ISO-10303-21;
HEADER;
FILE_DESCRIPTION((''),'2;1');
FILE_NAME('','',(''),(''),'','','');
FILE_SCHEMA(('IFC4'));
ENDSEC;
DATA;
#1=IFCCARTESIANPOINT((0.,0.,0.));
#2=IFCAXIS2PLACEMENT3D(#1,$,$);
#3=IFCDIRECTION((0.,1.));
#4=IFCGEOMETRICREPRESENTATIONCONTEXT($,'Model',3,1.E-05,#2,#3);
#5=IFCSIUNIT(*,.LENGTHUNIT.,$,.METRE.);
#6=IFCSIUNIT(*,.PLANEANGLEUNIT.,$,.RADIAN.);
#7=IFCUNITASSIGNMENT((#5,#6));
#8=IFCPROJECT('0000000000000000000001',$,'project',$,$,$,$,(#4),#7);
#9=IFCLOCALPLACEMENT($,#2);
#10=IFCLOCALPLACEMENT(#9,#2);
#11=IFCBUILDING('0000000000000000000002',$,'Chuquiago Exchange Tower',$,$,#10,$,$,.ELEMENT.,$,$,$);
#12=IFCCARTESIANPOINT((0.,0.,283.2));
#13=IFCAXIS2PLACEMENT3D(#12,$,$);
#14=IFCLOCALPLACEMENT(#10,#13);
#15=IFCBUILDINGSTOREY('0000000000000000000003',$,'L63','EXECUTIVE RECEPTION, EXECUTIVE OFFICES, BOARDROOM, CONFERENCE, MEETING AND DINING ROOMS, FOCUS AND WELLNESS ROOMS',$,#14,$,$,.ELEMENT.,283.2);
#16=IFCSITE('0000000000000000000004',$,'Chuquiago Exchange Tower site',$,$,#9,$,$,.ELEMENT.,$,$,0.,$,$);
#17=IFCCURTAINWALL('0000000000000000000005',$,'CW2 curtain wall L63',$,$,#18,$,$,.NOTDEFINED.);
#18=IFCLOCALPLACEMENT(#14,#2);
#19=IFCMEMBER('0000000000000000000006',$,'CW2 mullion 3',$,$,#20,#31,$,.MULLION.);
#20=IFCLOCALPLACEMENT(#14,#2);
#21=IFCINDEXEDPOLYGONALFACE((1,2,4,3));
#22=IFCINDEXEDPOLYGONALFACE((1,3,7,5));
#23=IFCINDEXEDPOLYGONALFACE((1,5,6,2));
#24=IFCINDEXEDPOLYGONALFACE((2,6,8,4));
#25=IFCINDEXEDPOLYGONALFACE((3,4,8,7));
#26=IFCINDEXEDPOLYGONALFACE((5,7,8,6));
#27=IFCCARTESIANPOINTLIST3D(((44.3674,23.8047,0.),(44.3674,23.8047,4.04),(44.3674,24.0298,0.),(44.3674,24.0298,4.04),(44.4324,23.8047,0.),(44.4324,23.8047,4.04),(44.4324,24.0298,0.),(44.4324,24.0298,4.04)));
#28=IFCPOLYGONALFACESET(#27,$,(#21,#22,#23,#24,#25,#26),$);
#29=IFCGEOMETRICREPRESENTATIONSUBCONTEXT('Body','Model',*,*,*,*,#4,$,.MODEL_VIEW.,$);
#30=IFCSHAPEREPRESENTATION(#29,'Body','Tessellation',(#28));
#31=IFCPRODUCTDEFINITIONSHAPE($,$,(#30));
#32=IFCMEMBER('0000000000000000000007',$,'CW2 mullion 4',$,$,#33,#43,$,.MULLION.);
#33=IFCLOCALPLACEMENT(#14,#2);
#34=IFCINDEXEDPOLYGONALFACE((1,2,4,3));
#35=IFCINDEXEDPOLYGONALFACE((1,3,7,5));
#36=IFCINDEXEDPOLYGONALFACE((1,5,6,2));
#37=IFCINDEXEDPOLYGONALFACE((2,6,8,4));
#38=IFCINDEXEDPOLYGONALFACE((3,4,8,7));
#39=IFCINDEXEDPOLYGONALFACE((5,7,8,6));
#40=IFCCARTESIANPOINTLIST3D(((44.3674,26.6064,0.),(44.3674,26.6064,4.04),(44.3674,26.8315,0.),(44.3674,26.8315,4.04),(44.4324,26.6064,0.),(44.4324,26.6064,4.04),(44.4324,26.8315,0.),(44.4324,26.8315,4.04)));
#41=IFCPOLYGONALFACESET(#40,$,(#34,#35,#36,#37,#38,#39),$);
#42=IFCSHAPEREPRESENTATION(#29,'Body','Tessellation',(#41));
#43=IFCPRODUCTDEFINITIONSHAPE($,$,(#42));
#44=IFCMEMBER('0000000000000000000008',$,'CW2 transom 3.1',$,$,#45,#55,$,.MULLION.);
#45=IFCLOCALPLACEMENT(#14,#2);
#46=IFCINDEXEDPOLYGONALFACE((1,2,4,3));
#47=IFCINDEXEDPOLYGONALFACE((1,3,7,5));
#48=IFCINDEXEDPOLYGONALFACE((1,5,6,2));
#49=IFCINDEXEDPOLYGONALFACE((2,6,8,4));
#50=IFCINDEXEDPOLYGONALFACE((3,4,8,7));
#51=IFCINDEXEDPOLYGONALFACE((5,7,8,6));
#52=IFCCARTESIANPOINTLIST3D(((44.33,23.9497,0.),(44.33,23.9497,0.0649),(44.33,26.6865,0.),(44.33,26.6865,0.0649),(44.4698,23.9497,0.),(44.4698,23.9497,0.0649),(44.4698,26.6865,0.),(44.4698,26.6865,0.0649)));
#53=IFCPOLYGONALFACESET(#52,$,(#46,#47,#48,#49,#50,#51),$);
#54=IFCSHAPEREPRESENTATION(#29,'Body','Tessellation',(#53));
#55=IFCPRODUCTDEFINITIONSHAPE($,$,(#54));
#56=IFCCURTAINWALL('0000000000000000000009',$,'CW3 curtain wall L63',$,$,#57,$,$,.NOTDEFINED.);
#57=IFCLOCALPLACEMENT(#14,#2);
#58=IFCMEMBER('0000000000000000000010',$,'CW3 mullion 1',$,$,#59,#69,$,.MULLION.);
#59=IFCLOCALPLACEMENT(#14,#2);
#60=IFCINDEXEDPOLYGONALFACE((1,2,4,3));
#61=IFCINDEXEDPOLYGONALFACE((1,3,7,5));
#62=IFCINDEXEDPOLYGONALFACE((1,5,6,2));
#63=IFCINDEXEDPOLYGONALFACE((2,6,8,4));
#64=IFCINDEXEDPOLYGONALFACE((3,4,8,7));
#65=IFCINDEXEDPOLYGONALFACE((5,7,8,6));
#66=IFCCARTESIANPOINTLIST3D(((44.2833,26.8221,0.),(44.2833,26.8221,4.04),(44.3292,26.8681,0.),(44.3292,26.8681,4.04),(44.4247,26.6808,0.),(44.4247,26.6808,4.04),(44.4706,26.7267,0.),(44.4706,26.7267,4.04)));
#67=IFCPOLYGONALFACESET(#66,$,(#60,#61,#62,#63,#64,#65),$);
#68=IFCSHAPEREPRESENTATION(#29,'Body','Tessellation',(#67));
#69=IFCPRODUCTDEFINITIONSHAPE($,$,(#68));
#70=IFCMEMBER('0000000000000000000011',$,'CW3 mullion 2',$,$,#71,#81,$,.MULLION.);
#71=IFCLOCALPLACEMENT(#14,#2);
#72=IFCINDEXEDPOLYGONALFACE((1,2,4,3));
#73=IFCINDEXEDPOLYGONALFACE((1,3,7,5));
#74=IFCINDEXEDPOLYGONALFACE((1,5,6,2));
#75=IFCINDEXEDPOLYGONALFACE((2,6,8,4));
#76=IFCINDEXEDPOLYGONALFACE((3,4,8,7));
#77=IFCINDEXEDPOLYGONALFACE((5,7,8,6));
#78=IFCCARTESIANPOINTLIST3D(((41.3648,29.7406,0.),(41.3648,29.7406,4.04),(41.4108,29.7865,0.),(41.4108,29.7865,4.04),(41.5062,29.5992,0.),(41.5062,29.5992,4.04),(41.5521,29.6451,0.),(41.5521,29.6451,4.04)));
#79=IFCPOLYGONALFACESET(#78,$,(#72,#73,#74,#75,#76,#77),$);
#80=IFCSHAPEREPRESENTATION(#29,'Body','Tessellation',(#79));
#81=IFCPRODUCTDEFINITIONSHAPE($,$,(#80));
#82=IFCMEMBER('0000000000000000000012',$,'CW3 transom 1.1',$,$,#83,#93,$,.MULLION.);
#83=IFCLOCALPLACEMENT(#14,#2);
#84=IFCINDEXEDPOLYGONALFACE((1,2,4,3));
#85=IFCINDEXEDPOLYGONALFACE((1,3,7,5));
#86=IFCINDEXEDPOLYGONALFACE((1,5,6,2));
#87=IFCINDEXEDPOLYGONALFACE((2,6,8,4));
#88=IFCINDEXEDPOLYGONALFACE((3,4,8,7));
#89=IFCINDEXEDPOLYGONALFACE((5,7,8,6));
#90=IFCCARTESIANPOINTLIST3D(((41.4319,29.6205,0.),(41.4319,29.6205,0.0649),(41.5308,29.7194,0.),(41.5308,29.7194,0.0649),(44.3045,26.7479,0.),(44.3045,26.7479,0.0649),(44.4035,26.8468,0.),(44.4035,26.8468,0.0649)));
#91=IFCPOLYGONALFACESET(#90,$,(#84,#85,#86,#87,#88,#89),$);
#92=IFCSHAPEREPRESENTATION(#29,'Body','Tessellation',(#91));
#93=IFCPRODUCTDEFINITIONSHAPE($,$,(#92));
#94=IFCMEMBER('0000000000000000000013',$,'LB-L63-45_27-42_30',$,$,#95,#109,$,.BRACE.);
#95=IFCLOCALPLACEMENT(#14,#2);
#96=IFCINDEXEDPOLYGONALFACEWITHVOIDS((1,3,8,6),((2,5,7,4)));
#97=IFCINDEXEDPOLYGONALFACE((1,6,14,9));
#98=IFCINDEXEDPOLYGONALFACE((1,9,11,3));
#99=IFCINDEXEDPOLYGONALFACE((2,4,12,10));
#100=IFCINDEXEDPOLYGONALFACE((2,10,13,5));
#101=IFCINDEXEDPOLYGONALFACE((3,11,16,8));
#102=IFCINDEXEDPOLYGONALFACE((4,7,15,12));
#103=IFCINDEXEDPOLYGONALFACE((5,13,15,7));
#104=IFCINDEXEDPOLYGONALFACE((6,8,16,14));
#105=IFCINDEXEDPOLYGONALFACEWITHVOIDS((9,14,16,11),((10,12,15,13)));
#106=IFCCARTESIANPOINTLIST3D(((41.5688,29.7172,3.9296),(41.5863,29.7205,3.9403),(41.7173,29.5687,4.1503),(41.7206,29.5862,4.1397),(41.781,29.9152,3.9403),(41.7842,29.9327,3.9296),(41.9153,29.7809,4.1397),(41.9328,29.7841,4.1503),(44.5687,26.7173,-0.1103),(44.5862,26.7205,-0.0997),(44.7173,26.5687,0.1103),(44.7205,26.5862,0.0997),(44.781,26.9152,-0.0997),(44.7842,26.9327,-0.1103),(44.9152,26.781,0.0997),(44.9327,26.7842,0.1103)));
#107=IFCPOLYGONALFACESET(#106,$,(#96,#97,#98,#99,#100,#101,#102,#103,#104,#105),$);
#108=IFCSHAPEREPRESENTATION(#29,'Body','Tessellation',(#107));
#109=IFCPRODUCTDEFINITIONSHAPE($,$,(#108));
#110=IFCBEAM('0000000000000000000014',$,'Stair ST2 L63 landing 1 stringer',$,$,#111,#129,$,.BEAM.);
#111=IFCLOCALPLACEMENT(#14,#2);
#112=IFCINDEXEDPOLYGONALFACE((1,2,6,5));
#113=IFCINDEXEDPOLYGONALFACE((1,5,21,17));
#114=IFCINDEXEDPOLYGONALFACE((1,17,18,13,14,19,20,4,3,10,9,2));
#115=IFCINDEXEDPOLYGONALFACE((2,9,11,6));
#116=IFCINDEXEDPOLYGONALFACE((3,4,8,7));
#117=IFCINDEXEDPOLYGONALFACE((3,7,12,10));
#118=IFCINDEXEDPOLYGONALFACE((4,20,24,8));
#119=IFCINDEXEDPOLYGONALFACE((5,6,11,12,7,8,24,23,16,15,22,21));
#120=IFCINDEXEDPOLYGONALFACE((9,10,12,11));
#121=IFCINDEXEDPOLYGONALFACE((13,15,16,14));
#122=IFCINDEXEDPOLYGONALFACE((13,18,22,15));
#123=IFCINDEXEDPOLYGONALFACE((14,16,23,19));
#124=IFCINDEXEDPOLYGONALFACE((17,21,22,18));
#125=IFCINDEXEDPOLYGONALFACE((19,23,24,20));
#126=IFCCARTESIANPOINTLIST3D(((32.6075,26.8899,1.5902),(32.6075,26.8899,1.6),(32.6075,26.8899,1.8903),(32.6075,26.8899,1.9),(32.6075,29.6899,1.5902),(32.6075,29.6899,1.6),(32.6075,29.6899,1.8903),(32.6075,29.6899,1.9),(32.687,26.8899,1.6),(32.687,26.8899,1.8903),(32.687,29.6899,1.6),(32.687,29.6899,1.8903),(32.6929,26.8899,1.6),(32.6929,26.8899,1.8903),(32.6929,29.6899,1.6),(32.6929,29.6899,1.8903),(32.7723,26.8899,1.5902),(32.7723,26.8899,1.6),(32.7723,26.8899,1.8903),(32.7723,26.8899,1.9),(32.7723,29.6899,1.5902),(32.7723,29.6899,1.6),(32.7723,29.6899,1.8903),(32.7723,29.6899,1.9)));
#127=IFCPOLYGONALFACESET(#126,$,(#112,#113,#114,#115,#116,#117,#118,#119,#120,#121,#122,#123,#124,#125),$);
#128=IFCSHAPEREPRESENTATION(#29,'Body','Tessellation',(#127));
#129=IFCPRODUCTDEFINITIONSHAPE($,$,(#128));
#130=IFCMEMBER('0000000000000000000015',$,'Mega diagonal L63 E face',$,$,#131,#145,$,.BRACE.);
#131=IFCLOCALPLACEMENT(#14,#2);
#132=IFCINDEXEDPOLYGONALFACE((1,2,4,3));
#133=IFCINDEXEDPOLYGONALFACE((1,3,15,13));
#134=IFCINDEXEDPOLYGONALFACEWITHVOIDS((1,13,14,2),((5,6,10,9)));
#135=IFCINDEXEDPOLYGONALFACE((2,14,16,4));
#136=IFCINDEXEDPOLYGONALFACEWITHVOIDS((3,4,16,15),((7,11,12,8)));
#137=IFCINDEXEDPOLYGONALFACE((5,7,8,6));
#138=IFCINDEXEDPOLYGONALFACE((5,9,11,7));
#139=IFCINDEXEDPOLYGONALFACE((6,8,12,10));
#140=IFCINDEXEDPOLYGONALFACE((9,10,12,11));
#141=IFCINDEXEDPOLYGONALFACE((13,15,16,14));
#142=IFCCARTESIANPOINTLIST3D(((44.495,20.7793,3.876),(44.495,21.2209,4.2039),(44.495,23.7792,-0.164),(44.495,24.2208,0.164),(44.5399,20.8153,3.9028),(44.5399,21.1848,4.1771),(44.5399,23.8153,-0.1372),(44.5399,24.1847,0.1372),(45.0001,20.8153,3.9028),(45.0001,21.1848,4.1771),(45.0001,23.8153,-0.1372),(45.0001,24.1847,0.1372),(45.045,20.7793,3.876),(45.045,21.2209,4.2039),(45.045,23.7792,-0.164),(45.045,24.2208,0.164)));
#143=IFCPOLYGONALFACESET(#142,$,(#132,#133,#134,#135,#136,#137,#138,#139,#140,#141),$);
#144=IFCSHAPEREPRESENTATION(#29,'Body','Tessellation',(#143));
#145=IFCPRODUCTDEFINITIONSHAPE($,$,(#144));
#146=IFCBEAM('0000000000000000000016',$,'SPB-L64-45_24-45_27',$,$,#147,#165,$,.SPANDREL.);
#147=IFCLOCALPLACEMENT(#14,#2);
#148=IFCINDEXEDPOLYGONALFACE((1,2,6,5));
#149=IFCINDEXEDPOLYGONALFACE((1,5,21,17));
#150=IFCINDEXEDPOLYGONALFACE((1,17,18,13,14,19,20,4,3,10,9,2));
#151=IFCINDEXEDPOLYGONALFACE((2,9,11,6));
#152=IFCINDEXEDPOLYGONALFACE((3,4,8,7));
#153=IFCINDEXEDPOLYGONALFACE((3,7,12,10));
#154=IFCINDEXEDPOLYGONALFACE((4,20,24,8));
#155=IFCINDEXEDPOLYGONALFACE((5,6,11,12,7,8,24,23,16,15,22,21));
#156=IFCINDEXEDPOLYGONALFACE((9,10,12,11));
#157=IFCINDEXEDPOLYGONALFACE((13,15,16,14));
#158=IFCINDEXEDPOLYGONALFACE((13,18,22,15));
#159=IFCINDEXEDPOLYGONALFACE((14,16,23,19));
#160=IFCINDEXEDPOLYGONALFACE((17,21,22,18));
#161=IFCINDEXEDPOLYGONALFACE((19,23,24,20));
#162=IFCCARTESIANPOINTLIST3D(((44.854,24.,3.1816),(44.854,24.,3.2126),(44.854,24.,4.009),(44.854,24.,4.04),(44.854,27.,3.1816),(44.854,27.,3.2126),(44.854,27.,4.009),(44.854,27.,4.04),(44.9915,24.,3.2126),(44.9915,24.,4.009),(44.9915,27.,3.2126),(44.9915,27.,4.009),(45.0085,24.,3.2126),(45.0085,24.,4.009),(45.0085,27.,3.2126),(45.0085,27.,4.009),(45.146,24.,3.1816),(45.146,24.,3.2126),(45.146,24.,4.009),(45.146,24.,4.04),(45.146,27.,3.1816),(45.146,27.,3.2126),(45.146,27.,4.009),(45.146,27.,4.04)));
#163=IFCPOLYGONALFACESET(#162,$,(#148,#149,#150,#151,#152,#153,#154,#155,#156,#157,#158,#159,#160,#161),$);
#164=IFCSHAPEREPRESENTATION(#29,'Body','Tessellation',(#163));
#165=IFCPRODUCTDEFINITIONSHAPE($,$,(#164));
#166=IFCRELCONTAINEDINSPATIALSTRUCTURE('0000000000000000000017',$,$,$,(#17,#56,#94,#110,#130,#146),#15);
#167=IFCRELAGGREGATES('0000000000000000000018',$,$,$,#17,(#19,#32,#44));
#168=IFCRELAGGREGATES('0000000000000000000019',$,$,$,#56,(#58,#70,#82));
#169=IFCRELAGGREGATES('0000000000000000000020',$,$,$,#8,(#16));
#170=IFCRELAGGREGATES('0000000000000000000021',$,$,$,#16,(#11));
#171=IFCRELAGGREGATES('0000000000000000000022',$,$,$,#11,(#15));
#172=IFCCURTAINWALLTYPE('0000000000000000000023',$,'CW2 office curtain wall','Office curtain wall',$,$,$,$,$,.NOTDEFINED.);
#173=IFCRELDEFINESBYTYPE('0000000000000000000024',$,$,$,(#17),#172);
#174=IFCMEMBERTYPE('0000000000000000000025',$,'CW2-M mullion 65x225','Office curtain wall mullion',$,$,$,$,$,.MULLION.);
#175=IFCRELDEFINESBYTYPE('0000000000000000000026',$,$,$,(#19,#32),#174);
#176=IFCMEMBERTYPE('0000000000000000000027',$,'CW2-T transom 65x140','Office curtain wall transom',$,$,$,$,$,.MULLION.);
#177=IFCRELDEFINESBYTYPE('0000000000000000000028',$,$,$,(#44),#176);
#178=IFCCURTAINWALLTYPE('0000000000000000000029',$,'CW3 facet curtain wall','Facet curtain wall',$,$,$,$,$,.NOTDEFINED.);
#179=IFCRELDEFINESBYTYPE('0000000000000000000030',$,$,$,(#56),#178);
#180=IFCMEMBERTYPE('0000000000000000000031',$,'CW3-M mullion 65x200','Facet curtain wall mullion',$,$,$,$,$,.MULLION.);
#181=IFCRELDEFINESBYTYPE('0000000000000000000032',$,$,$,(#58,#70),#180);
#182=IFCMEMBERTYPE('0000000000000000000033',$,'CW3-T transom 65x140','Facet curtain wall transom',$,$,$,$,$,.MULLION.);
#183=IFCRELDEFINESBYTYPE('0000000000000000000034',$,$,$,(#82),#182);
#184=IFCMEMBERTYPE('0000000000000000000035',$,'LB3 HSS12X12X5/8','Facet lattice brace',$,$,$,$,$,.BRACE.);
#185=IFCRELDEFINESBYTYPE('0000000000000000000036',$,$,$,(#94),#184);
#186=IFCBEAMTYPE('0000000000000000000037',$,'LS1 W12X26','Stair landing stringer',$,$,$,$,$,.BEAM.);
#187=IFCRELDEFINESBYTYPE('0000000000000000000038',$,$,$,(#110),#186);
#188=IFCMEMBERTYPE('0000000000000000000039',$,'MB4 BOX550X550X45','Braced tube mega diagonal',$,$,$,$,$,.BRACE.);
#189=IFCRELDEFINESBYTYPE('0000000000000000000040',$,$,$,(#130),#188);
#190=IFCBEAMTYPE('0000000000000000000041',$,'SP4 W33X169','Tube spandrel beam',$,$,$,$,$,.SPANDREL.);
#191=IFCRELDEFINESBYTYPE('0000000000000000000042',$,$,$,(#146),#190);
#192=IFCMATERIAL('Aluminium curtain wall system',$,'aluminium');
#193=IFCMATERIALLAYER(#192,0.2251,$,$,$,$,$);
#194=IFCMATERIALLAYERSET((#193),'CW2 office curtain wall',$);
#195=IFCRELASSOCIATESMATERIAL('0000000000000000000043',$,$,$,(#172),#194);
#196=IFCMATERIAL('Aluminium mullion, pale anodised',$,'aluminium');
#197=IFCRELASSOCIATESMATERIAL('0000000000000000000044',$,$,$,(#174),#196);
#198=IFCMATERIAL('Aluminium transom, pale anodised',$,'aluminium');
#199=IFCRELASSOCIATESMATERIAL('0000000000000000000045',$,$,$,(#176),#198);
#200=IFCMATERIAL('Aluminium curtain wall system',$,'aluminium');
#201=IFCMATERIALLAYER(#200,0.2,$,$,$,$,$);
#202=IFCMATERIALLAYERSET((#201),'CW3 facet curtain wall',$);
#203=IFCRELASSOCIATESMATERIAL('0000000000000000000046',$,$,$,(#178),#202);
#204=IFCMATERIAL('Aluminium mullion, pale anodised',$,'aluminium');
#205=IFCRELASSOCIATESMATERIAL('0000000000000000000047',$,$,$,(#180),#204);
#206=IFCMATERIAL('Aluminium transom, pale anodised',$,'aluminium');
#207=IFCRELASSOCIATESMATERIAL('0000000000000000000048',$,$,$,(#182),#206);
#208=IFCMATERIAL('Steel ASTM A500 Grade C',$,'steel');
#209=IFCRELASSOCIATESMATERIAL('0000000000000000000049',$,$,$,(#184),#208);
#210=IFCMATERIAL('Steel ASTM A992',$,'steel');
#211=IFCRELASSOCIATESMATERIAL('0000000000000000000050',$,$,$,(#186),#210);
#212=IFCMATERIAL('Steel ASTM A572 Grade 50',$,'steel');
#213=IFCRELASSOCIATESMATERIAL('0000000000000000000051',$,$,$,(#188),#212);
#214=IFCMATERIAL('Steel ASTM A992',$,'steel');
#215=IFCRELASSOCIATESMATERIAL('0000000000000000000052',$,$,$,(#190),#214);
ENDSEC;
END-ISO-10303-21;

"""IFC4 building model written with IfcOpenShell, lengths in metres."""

from ifc_helpers import new_model, si_unit, direction, frame, origin, origin_2d, place, context, subcontext, project, spatial, rectangle, hollow_rectangle, i_section, extrude, material, layer, layer_set, material_profile, profile_set, type_object, element, aggregate, save


model = new_model("IFC4")

# Units and contexts
model_context = context("Model", 3, precision=1e-05, world=origin(), true_north=direction((0.0, 1.0)))
body_context = subcontext(model_context, "Body", "Model", "MODEL_VIEW")
ifc_project = project(units=[si_unit("LENGTHUNIT", "METRE"), si_unit("PLANEANGLEUNIT", "RADIAN")], contexts=[model_context])

# Site, building, storey
site_placement = place(None, origin())
site = spatial("IfcSite", under=ifc_project, at=site_placement, Name="Chuquiago Exchange Tower site", CompositionType="ELEMENT", RefElevation=0.0)
building_placement = place(site_placement, origin())
building = spatial("IfcBuilding", under=site, at=building_placement, Name="Chuquiago Exchange Tower", CompositionType="ELEMENT")
storey_placement = place(building_placement, frame((0.0, 0.0, 283.2)))
storey = spatial("IfcBuildingStorey", under=building, at=storey_placement, Name="L63", Description="EXECUTIVE RECEPTION, EXECUTIVE OFFICES, BOARDROOM, CONFERENCE, MEETING AND DINING ROOMS, FOCUS AND WELLNESS ROOMS", CompositionType="ELEMENT", Elevation=283.2)

# Curtain walls, members
ifc_material_1 = material(Name="Aluminium curtain wall system", Category="aluminium")
ifc_layer_1 = layer(ifc_material_1, 0.2251)
ifc_layer_set_1 = layer_set([ifc_layer_1], Name="CW2 office curtain wall")
curtain_wall_type_1 = type_object("IfcCurtainWallType", Name="CW2 office curtain wall", Description="Office curtain wall", PredefinedType="NOTDEFINED", material=ifc_layer_set_1)
curtain_wall_1_placement = place(storey_placement, origin())
curtain_wall_1 = element("IfcCurtainWall", 1, at=curtain_wall_1_placement, inside=storey, type_object=curtain_wall_type_1, Name="CW2 curtain wall L63", PredefinedType="NOTDEFINED")
ifc_material_2 = material(Name="Aluminium mullion, pale anodised", Category="aluminium")
ifc_material_profile_1 = material_profile(ifc_material_2, rectangle(XDim=0.0649, YDim=0.2251, at=origin_2d()), Name="AL 65x225")
ifc_profile_set_1 = profile_set([ifc_material_profile_1], Name="Aluminium mullion, pale anodised")
member_type_1 = type_object("IfcMemberType", Name="CW2-M mullion 65x225", Description="Office curtain wall mullion", PredefinedType="MULLION", material=ifc_profile_set_1)
member_1_placement = place(storey_placement, frame((44.3999, 23.9172, 0.0), z_axis=(0.0, 0.0, 1.0), x_axis=(-1.0, 0.0, 0.0)))
member_1 = element("IfcMember", 2, at=member_1_placement, type_object=member_type_1, Name="CW2 mullion 3", PredefinedType="MULLION", context=body_context, shape_type="SweptSolid", body=[
    extrude(rectangle(XDim=0.0649, YDim=0.2251, at=origin_2d()), origin(), (0.0, 0.0, 1.0), 4.04),
])
member_2_placement = place(storey_placement, frame((44.3999, 26.719, 0.0), z_axis=(0.0, 0.0, 1.0), x_axis=(-1.0, 0.0, 0.0)))
member_2 = element("IfcMember", 3, at=member_2_placement, type_object=member_type_1, Name="CW2 mullion 4", PredefinedType="MULLION", context=body_context, shape_type="SweptSolid", body=[
    extrude(rectangle(XDim=0.0649, YDim=0.2251, at=origin_2d()), origin(), (0.0, 0.0, 1.0), 4.04),
])
ifc_material_3 = material(Name="Aluminium transom, pale anodised", Category="aluminium")
ifc_material_profile_2 = material_profile(ifc_material_3, rectangle(XDim=0.1399, YDim=0.0649, at=origin_2d()), Name="AL 140x65")
ifc_profile_set_2 = profile_set([ifc_material_profile_2], Name="Aluminium transom, pale anodised")
member_type_2 = type_object("IfcMemberType", Name="CW2-T transom 65x140", Description="Office curtain wall transom", PredefinedType="MULLION", material=ifc_profile_set_2)
member_3_placement = place(storey_placement, frame((44.3999, 23.9497, 0.0325), z_axis=(0.0, 1.0, 0.0), x_axis=(-1.0, 0.0, 0.0)))
member_3 = element("IfcMember", 4, at=member_3_placement, type_object=member_type_2, Name="CW2 transom 3.1", PredefinedType="MULLION", context=body_context, shape_type="SweptSolid", body=[
    extrude(rectangle(XDim=0.1399, YDim=0.0649, at=origin_2d()), origin(), (0.0, 0.0, 1.0), 2.7368),
])
ifc_material_4 = material(Name="Aluminium curtain wall system", Category="aluminium")
ifc_layer_2 = layer(ifc_material_4, 0.2)
ifc_layer_set_2 = layer_set([ifc_layer_2], Name="CW3 facet curtain wall")
curtain_wall_type_2 = type_object("IfcCurtainWallType", Name="CW3 facet curtain wall", Description="Facet curtain wall", PredefinedType="NOTDEFINED", material=ifc_layer_set_2)
curtain_wall_2_placement = place(storey_placement, origin())
curtain_wall_2 = element("IfcCurtainWall", 5, at=curtain_wall_2_placement, inside=storey, type_object=curtain_wall_type_2, Name="CW3 curtain wall L63", PredefinedType="NOTDEFINED")
ifc_material_5 = material(Name="Aluminium mullion, pale anodised", Category="aluminium")
ifc_material_profile_3 = material_profile(ifc_material_5, rectangle(XDim=0.0649, YDim=0.2, at=origin_2d()), Name="AL 65x200")
ifc_profile_set_3 = profile_set([ifc_material_profile_3], Name="Aluminium mullion, pale anodised")
member_type_3 = type_object("IfcMemberType", Name="CW3-M mullion 65x200", Description="Facet curtain wall mullion", PredefinedType="MULLION", material=ifc_profile_set_3)
member_4_placement = place(storey_placement, frame((44.377, 26.7744, 0.0), z_axis=(0.0, 0.0, 1.0), x_axis=(-0.707107, -0.707107, 0.0)))
member_4 = element("IfcMember", 6, at=member_4_placement, type_object=member_type_3, Name="CW3 mullion 1", PredefinedType="MULLION", context=body_context, shape_type="SweptSolid", body=[
    extrude(rectangle(XDim=0.0649, YDim=0.2, at=origin_2d()), origin(), (0.0, 0.0, 1.0), 4.04),
])
member_5_placement = place(storey_placement, frame((41.4585, 29.6929, 0.0), z_axis=(0.0, 0.0, 1.0), x_axis=(-0.707107, -0.707107, 0.0)))
member_5 = element("IfcMember", 7, at=member_5_placement, type_object=member_type_3, Name="CW3 mullion 2", PredefinedType="MULLION", context=body_context, shape_type="SweptSolid", body=[
    extrude(rectangle(XDim=0.0649, YDim=0.2, at=origin_2d()), origin(), (0.0, 0.0, 1.0), 4.04),
])
ifc_material_6 = material(Name="Aluminium transom, pale anodised", Category="aluminium")
ifc_material_profile_4 = material_profile(ifc_material_6, rectangle(XDim=0.1399, YDim=0.0649, at=origin_2d()), Name="AL 140x65")
ifc_profile_set_4 = profile_set([ifc_material_profile_4], Name="Aluminium transom, pale anodised")
member_type_4 = type_object("IfcMemberType", Name="CW3-T transom 65x140", Description="Facet curtain wall transom", PredefinedType="MULLION", material=ifc_profile_set_4)
member_6_placement = place(storey_placement, frame((44.354, 26.7974, 0.0325), z_axis=(-0.707107, 0.707107, 0.0), x_axis=(-0.707107, -0.707107, 0.0)))
member_6 = element("IfcMember", 8, at=member_6_placement, type_object=member_type_4, Name="CW3 transom 1.1", PredefinedType="MULLION", context=body_context, shape_type="SweptSolid", body=[
    extrude(rectangle(XDim=0.1399, YDim=0.0649, at=origin_2d()), origin(), (0.0, 0.0, 1.0), 4.0625),
])

# Member
ifc_material_7 = material(Name="Steel ASTM A500 Grade C", Category="steel")
ifc_material_profile_5 = material_profile(ifc_material_7, hollow_rectangle(XDim=0.3047, YDim=0.3047, WallThickness=0.0146, at=origin_2d()), Name="HSS12X12X5/8")
ifc_profile_set_5 = profile_set([ifc_material_profile_5], Name="Steel ASTM A500 Grade C")
member_type_5 = type_object("IfcMemberType", Name="LB3 HSS12X12X5/8", Description="Facet lattice brace", PredefinedType="BRACE", material=ifc_profile_set_5)
member_7_placement = place(storey_placement, frame((44.7507, 26.7507, 0.0), z_axis=(-0.512077, 0.512077, 0.689604), x_axis=(-0.707107, -0.707107, 0.0)))
element("IfcMember", 9, at=member_7_placement, inside=storey, type_object=member_type_5, Name="LB-L63-45_27-42_30", PredefinedType="BRACE", context=body_context, shape_type="SweptSolid", body=[
    extrude(hollow_rectangle(XDim=0.3047, YDim=0.3047, WallThickness=0.0146, at=origin_2d()), origin(), (0.0, 0.0, 1.0), 5.8584),
])

# Beam
ifc_material_8 = material(Name="Steel ASTM A992", Category="steel")
ifc_material_profile_6 = material_profile(ifc_material_8, i_section(OverallWidth=0.1648, OverallDepth=0.3098, WebThickness=0.0059, FlangeThickness=0.0098, at=origin_2d()), Name="W12X26")
ifc_profile_set_6 = profile_set([ifc_material_profile_6], Name="Steel ASTM A992")
beam_type_1 = type_object("IfcBeamType", Name="LS1 W12X26", Description="Stair landing stringer", PredefinedType="BEAM", material=ifc_profile_set_6)
beam_1_placement = place(storey_placement, frame((32.6899, 26.8899, 1.7451), z_axis=(0.0, 1.0, 0.0), x_axis=(-1.0, 0.0, 0.0)))
element("IfcBeam", 10, at=beam_1_placement, inside=storey, type_object=beam_type_1, Name="Stair ST2 L63 landing 1 stringer", PredefinedType="BEAM", context=body_context, shape_type="SweptSolid", body=[
    extrude(i_section(OverallWidth=0.1648, OverallDepth=0.3098, WebThickness=0.0059, FlangeThickness=0.0098, at=origin_2d()), origin(), (0.0, 0.0, 1.0), 2.8),
])

# Member
ifc_material_9 = material(Name="Steel ASTM A572 Grade 50", Category="steel")
ifc_material_profile_7 = material_profile(ifc_material_9, hollow_rectangle(XDim=0.55, YDim=0.55, WallThickness=0.0449, at=origin_2d()), Name="BOX550X550X45")
ifc_profile_set_7 = profile_set([ifc_material_profile_7], Name="Steel ASTM A572 Grade 50")
member_type_6 = type_object("IfcMemberType", Name="MB4 BOX550X550X45", Description="Braced tube mega diagonal", PredefinedType="BRACE", material=ifc_profile_set_7)
member_8_placement = place(storey_placement, frame((44.77, 24.0, 0.0), z_axis=(0.0, -0.596174, 0.802855), x_axis=(1.0, 0.0, 0.0)))
element("IfcMember", 11, at=member_8_placement, inside=storey, type_object=member_type_6, Name="Mega diagonal L63 E face", PredefinedType="BRACE", context=body_context, shape_type="SweptSolid", body=[
    extrude(hollow_rectangle(XDim=0.55, YDim=0.55, WallThickness=0.0449, at=origin_2d()), origin(), (0.0, 0.0, 1.0), 5.032),
])

# Beam
ifc_material_10 = material(Name="Steel ASTM A992", Category="steel")
ifc_material_profile_8 = material_profile(ifc_material_10, i_section(OverallWidth=0.292, OverallDepth=0.8584, WebThickness=0.0171, FlangeThickness=0.031, at=origin_2d()), Name="W33X169")
ifc_profile_set_8 = profile_set([ifc_material_profile_8], Name="Steel ASTM A992")
beam_type_2 = type_object("IfcBeamType", Name="SP4 W33X169", Description="Tube spandrel beam", PredefinedType="SPANDREL", material=ifc_profile_set_8)
beam_2_placement = place(storey_placement, frame((45.0, 24.0, 3.6108), z_axis=(0.0, 1.0, 0.0), x_axis=(-1.0, 0.0, 0.0)))
element("IfcBeam", 12, at=beam_2_placement, inside=storey, type_object=beam_type_2, Name="SPB-L64-45_24-45_27", PredefinedType="SPANDREL", context=body_context, shape_type="SweptSolid", body=[
    extrude(i_section(OverallWidth=0.292, OverallDepth=0.8584, WebThickness=0.0171, FlangeThickness=0.031, at=origin_2d()), origin(), (0.0, 0.0, 1.0), 3.0),
])

aggregate(curtain_wall_1, [member_1, member_2, member_3])
aggregate(curtain_wall_2, [member_4, member_5, member_6])

save(model, "model.ifc")
